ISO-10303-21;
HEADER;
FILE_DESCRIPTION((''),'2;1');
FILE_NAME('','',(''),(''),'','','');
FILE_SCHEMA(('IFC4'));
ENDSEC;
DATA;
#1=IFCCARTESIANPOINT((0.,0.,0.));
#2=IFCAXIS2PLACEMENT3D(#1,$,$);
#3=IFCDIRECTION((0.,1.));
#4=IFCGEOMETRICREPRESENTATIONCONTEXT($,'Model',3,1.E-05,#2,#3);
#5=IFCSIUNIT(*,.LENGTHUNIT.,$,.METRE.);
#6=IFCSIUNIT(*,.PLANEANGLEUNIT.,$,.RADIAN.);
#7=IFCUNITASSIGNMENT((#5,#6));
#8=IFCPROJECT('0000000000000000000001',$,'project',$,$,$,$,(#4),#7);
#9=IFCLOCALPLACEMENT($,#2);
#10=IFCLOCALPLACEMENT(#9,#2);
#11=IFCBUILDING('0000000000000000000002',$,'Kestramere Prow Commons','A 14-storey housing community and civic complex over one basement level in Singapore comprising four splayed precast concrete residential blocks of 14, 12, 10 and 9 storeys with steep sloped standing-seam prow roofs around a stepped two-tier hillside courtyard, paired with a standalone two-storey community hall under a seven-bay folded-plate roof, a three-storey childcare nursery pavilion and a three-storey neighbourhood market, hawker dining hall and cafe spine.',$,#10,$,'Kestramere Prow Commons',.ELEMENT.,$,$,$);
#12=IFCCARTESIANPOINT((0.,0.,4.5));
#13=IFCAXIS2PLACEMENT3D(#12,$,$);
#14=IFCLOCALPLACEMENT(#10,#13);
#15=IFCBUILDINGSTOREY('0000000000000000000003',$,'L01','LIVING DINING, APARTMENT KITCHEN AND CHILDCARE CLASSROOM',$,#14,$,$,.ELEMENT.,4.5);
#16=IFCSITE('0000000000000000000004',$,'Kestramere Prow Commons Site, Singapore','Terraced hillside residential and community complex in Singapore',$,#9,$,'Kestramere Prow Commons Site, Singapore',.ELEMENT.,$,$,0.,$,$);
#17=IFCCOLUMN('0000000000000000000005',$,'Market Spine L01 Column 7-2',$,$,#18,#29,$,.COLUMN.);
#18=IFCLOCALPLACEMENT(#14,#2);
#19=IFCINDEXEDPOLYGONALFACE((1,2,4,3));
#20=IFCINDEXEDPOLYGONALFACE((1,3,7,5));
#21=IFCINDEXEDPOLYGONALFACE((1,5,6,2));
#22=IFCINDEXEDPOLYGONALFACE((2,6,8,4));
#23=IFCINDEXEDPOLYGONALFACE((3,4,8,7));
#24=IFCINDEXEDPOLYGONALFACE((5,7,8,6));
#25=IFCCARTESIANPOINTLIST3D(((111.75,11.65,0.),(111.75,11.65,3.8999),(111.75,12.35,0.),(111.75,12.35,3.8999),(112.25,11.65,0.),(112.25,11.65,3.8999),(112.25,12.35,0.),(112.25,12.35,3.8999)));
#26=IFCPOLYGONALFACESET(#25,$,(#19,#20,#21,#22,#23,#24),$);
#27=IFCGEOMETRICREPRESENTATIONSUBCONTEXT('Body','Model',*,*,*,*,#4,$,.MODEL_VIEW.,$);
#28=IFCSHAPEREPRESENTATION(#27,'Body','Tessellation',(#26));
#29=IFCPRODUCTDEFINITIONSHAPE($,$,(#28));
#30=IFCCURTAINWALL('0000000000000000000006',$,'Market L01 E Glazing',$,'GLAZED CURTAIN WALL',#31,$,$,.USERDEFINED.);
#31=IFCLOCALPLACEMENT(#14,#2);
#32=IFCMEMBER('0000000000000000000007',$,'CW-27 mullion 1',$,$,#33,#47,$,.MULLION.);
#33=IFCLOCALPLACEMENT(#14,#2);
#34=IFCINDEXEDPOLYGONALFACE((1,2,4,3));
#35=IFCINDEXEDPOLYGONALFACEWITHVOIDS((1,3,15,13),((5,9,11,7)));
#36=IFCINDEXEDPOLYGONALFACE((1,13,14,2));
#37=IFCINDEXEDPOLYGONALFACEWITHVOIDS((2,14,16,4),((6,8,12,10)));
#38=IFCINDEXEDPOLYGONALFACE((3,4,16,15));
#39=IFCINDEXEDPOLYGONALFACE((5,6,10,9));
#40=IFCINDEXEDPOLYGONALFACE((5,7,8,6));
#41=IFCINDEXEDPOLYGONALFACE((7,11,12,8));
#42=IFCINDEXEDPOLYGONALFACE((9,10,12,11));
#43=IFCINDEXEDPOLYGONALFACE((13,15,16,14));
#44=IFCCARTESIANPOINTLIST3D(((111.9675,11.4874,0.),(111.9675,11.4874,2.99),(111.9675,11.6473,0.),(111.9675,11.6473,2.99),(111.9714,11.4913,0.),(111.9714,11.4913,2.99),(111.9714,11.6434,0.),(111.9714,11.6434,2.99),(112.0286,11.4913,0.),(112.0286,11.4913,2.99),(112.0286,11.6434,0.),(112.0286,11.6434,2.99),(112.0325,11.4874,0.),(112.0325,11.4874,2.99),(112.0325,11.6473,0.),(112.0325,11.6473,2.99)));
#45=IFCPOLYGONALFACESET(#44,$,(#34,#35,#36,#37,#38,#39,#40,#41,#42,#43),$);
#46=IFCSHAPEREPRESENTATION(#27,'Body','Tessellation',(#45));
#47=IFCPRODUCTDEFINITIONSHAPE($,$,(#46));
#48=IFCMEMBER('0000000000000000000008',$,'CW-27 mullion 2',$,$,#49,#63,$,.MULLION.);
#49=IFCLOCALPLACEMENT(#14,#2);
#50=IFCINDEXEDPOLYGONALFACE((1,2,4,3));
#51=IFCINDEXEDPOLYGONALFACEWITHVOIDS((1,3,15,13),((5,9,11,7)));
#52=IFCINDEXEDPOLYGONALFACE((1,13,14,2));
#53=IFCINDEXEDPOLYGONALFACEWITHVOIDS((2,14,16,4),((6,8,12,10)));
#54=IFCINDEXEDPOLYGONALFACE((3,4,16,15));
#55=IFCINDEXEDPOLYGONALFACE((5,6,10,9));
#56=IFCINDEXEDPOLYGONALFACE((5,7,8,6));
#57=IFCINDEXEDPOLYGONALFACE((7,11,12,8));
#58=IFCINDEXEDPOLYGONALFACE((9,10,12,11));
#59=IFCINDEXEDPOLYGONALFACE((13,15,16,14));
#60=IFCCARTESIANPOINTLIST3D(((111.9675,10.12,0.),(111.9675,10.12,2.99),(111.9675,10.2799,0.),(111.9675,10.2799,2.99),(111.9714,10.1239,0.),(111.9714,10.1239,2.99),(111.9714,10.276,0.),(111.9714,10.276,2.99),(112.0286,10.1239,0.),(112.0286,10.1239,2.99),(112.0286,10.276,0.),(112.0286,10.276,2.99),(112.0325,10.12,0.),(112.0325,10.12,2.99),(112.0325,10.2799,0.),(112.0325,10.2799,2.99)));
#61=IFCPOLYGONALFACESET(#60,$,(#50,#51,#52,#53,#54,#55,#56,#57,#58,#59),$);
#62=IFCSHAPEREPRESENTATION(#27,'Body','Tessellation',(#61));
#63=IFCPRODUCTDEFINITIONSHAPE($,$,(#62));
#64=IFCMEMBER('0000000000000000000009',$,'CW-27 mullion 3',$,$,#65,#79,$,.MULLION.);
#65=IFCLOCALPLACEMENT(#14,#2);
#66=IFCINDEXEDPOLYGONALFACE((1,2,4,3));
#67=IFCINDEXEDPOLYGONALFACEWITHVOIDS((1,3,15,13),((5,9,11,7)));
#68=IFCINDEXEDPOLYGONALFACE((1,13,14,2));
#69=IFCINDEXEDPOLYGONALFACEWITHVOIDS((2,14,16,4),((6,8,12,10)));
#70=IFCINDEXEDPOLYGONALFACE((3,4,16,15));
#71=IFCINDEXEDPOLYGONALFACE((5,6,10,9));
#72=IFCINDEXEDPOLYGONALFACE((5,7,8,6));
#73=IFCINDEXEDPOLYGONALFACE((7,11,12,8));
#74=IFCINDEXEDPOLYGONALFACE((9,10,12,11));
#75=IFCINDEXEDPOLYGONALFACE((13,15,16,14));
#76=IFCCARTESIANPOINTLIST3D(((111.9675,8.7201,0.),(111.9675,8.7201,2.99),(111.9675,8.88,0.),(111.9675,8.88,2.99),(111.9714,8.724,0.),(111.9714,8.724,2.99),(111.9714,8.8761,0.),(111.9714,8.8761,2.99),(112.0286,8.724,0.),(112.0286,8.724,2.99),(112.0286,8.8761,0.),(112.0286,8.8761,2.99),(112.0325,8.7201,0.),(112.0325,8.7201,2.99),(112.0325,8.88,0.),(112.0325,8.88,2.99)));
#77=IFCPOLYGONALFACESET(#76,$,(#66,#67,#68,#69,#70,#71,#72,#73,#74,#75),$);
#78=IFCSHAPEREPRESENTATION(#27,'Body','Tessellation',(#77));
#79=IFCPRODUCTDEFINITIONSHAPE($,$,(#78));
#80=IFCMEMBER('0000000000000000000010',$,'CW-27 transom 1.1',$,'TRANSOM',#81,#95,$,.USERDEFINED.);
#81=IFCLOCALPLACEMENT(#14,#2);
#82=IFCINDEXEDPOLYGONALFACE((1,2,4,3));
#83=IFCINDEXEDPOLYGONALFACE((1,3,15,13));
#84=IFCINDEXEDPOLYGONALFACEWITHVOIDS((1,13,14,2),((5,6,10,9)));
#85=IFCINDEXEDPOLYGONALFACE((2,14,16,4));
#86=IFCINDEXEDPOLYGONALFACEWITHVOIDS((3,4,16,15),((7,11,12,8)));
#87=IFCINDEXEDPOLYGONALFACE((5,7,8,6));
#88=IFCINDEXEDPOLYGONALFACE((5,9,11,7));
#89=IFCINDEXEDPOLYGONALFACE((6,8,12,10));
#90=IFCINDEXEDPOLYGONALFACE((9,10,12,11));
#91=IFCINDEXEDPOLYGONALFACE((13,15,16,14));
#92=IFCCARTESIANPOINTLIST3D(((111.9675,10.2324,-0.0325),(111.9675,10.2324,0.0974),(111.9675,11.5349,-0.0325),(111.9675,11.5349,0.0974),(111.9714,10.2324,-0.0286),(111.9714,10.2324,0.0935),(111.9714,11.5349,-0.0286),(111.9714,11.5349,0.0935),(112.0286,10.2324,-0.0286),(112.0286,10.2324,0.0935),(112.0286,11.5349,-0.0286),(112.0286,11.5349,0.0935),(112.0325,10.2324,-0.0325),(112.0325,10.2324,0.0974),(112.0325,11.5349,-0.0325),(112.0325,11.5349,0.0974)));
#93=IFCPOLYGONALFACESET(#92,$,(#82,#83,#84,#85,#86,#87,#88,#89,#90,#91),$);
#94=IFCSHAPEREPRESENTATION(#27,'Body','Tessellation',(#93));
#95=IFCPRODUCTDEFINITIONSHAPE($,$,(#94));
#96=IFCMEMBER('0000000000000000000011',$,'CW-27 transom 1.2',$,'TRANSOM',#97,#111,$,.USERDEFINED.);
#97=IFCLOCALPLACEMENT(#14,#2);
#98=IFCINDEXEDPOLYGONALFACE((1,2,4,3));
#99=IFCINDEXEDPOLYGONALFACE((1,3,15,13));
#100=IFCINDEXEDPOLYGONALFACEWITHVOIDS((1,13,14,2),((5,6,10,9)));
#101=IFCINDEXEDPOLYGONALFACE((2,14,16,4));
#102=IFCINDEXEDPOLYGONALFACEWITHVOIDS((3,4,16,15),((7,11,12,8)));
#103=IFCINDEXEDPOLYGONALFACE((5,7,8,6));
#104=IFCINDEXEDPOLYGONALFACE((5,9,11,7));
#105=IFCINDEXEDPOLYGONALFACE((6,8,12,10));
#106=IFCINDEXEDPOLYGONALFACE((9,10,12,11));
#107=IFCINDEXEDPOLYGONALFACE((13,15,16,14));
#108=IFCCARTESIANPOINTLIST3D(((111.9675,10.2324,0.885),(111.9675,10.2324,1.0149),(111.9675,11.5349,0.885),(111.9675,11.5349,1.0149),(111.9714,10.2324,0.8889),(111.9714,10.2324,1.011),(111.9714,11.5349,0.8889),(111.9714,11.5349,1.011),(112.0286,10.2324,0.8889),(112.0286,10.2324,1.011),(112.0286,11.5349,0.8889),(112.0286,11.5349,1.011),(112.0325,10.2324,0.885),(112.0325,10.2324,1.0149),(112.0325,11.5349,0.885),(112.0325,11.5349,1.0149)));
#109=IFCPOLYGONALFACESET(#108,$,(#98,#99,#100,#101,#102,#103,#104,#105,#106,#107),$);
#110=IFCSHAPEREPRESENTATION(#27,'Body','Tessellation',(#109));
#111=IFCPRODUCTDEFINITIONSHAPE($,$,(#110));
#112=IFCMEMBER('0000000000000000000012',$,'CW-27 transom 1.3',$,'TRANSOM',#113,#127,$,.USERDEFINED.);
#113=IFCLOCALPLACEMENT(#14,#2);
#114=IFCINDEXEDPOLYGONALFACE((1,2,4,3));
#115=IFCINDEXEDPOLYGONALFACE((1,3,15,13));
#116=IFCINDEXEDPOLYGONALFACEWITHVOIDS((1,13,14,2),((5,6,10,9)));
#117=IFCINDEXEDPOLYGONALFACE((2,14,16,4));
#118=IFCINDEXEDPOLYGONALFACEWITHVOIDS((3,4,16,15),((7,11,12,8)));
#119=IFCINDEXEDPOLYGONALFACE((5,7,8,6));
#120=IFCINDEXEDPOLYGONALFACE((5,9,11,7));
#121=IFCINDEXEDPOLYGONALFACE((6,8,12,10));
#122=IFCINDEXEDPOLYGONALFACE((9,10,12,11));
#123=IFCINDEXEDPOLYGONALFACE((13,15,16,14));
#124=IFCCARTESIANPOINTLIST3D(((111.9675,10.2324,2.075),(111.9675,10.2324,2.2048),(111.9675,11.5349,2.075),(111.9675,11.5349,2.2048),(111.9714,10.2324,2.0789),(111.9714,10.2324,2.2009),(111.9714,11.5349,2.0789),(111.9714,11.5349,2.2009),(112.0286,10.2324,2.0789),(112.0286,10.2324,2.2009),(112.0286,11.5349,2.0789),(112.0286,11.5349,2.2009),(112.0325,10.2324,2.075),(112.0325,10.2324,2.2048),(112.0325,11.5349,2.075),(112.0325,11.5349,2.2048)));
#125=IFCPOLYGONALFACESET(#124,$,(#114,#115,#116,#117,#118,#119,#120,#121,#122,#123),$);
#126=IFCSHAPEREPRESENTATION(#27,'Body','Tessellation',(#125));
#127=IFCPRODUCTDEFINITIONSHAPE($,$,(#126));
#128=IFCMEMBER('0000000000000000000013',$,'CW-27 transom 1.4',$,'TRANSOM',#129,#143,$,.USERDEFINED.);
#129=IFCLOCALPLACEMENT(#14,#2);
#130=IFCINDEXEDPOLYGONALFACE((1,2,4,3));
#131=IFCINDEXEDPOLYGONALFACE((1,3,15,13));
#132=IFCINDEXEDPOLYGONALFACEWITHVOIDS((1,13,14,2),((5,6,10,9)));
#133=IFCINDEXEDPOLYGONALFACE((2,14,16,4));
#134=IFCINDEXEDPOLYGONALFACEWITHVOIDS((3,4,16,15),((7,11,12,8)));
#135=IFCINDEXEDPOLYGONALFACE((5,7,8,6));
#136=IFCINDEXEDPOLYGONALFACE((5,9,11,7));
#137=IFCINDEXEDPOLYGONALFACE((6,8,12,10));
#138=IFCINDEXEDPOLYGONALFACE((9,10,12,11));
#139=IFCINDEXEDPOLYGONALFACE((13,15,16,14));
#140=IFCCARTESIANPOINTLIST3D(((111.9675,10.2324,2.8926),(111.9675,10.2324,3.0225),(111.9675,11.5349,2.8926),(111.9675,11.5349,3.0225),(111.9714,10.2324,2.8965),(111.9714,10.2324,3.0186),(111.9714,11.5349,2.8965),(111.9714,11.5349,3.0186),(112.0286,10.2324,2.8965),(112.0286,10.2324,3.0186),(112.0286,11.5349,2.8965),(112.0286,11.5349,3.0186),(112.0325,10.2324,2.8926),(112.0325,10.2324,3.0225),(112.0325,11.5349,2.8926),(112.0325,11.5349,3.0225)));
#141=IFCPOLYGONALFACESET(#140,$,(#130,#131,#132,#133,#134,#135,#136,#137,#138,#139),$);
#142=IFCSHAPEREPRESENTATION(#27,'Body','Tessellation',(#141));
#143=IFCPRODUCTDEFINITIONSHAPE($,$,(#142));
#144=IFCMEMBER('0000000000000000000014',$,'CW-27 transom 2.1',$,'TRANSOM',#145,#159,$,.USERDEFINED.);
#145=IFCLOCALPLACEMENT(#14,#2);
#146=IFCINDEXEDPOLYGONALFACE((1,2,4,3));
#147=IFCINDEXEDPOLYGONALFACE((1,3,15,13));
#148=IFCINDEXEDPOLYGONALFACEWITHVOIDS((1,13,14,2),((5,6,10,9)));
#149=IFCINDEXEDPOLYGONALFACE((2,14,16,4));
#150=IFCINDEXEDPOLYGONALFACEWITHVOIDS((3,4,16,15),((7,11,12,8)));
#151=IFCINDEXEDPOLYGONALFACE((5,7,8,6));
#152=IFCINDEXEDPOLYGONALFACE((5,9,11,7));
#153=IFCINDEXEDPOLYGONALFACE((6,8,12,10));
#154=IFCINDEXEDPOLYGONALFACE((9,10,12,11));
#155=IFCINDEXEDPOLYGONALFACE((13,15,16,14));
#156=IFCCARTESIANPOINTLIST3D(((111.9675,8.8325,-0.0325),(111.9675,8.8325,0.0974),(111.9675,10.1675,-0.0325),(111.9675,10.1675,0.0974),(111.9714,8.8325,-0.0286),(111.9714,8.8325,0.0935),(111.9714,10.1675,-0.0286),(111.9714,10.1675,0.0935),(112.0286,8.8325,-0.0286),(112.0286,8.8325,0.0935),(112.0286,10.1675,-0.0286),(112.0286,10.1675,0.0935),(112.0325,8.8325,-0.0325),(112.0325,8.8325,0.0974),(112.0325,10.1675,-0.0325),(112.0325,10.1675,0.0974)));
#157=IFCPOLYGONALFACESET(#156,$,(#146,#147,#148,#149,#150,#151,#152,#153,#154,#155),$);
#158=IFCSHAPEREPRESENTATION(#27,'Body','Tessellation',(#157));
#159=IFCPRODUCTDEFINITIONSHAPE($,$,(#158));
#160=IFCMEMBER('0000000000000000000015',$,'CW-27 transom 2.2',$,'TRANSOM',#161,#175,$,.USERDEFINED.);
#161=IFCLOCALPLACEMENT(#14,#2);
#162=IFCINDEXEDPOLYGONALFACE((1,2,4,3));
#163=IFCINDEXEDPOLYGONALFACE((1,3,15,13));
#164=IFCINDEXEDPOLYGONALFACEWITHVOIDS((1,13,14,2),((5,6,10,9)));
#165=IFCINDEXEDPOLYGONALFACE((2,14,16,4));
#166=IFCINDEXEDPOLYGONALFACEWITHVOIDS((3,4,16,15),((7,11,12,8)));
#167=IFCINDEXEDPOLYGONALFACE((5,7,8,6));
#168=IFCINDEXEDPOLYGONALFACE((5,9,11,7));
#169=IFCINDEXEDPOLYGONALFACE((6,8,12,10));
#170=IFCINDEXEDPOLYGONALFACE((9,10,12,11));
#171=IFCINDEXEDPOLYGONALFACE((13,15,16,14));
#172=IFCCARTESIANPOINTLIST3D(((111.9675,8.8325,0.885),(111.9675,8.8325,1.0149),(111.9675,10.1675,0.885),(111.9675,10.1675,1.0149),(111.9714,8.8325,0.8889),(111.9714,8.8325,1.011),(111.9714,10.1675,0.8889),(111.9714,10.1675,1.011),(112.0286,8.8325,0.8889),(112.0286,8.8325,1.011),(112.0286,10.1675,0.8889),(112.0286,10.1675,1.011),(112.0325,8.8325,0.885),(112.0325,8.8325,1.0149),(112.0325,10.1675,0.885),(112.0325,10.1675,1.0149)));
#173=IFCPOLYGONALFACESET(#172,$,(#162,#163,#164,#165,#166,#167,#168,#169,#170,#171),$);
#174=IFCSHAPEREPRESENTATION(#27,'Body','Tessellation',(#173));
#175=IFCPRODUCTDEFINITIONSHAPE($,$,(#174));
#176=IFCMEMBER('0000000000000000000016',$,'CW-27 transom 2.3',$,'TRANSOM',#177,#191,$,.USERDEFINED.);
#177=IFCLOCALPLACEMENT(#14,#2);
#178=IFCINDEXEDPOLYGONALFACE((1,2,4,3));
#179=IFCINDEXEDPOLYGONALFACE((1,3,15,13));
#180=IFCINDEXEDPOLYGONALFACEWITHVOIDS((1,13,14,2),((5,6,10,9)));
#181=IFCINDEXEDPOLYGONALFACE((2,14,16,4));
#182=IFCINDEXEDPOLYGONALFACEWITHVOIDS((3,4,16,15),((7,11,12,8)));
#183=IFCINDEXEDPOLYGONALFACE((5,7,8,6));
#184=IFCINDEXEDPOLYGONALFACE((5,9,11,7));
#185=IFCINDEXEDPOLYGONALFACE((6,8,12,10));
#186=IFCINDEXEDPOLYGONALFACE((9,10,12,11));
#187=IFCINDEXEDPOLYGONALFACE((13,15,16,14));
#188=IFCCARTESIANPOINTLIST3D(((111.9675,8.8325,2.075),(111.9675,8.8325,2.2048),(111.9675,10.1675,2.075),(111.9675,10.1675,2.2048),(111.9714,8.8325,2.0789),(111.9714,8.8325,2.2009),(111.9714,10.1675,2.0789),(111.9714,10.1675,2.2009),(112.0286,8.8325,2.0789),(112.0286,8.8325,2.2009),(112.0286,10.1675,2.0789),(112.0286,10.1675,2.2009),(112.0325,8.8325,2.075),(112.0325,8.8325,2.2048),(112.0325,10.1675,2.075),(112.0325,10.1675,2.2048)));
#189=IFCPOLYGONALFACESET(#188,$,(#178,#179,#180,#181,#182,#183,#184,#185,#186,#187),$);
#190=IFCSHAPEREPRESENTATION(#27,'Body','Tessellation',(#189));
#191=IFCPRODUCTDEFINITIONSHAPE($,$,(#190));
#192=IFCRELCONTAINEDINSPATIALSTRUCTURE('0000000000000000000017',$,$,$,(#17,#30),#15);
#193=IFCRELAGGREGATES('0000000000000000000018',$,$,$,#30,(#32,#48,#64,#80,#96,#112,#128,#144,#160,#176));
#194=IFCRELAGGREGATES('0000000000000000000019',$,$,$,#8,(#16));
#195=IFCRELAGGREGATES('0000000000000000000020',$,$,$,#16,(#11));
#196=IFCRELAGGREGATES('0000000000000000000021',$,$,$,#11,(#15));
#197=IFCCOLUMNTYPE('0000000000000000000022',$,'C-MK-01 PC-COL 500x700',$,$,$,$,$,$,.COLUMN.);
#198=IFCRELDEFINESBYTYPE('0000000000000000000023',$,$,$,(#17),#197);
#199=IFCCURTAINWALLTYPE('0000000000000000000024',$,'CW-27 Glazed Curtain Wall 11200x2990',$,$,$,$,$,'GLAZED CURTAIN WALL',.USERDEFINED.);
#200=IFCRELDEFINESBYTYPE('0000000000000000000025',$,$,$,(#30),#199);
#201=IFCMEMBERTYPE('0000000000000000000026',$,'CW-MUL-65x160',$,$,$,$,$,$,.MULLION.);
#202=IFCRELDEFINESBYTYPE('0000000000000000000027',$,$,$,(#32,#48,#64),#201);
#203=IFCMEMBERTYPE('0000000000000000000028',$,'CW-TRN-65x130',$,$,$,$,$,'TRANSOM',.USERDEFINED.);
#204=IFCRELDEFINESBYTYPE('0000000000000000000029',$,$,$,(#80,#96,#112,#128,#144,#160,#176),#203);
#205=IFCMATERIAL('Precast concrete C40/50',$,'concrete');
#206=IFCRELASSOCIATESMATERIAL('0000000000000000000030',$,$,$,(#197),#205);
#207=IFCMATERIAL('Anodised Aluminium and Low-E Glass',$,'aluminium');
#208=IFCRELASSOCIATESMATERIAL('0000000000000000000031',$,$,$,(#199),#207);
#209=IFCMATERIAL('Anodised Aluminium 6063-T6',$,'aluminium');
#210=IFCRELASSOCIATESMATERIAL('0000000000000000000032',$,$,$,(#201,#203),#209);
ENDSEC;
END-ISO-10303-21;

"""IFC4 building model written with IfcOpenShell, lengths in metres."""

from ifc_helpers import new_model, si_unit, direction, frame, origin, origin_2d, place, context, subcontext, project, spatial, rectangle, hollow_rectangle, extrude, material, material_profile, profile_set, type_object, element, aggregate, save


model = new_model("IFC4")

# Units and contexts
model_context = context("Model", 3, precision=1e-05, world=origin(), true_north=direction((0.0, 1.0)))
body_context = subcontext(model_context, "Body", "Model", "MODEL_VIEW")
ifc_project = project(units=[si_unit("LENGTHUNIT", "METRE"), si_unit("PLANEANGLEUNIT", "RADIAN")], contexts=[model_context])

# Site, building, storey
site_placement = place(None, origin())
site = spatial("IfcSite", under=ifc_project, at=site_placement, Name="Kestramere Prow Commons Site, Singapore", Description="Terraced hillside residential and community complex in Singapore", LongName="Kestramere Prow Commons Site, Singapore", CompositionType="ELEMENT", RefElevation=0.0)
building_placement = place(site_placement, origin())
building = spatial("IfcBuilding", under=site, at=building_placement, Name="Kestramere Prow Commons", Description="A 14-storey housing community and civic complex over one basement level in Singapore comprising four splayed precast concrete residential blocks of 14, 12, 10 and 9 storeys with steep sloped standing-seam prow roofs around a stepped two-tier hillside courtyard, paired with a standalone two-storey community hall under a seven-bay folded-plate roof, a three-storey childcare nursery pavilion and a three-storey neighbourhood market, hawker dining hall and cafe spine.", LongName="Kestramere Prow Commons", CompositionType="ELEMENT")
storey_placement = place(building_placement, frame((0.0, 0.0, 4.5)))
storey = spatial("IfcBuildingStorey", under=building, at=storey_placement, Name="L01", Description="LIVING DINING, APARTMENT KITCHEN AND CHILDCARE CLASSROOM", CompositionType="ELEMENT", Elevation=4.5)

# Column
ifc_material_1 = material(Name="Precast concrete C40/50", Category="concrete")
ifc_material_profile_1 = material_profile(ifc_material_1, rectangle(XDim=0.5, YDim=0.7, at=origin_2d()), Name="PC-COL 500x700")
ifc_profile_set_1 = profile_set([ifc_material_profile_1], Name="Precast concrete C40/50")
column_type = type_object("IfcColumnType", Name="C-MK-01 PC-COL 500x700", PredefinedType="COLUMN", material=ifc_profile_set_1)
column_placement = place(storey_placement, frame((112.0, 12.0, 0.0), z_axis=(0.0, 0.0, 1.0), x_axis=(1.0, 0.0, 0.0)))
element("IfcColumn", 1, at=column_placement, inside=storey, type_object=column_type, Name="Market Spine L01 Column 7-2", PredefinedType="COLUMN", context=body_context, shape_type="SweptSolid", body=[
    extrude(rectangle(XDim=0.5, YDim=0.7, at=origin_2d()), origin(), (0.0, 0.0, 1.0), 3.8999),
])

# Curtain wall, members
ifc_material_2 = material(Name="Anodised Aluminium and Low-E Glass", Category="aluminium")
curtain_wall_type = type_object("IfcCurtainWallType", Name="CW-27 Glazed Curtain Wall 11200x2990", ElementType="GLAZED CURTAIN WALL", PredefinedType="USERDEFINED", material=ifc_material_2)
curtain_wall_placement = place(storey_placement, origin())
curtain_wall = element("IfcCurtainWall", 2, at=curtain_wall_placement, inside=storey, type_object=curtain_wall_type, Name="Market L01 E Glazing", ObjectType="GLAZED CURTAIN WALL", PredefinedType="USERDEFINED")
ifc_material_3 = material(Name="Anodised Aluminium 6063-T6", Category="aluminium")
ifc_material_profile_2 = material_profile(ifc_material_3, hollow_rectangle(XDim=0.0649, YDim=0.1599, WallThickness=0.0039, at=origin_2d()), Name="ALU-MUL 65x160")
ifc_profile_set_2 = profile_set([ifc_material_profile_2], Name="Anodised Aluminium 6063-T6")
member_type_1 = type_object("IfcMemberType", Name="CW-MUL-65x160", PredefinedType="MULLION", material=ifc_profile_set_2)
member_1_placement = place(storey_placement, frame((112.0, 11.5674, 0.0), z_axis=(0.0, 0.0, 1.0), x_axis=(1.0, 0.0, 0.0)))
member_1 = element("IfcMember", 3, at=member_1_placement, type_object=member_type_1, Name="CW-27 mullion 1", PredefinedType="MULLION", context=body_context, shape_type="SweptSolid", body=[
    extrude(hollow_rectangle(XDim=0.0649, YDim=0.1599, WallThickness=0.0039, at=origin_2d()), origin(), (0.0, 0.0, 1.0), 2.99),
])
member_2_placement = place(storey_placement, frame((112.0, 10.2, 0.0), z_axis=(0.0, 0.0, 1.0), x_axis=(1.0, 0.0, 0.0)))
member_2 = element("IfcMember", 4, at=member_2_placement, type_object=member_type_1, Name="CW-27 mullion 2", PredefinedType="MULLION", context=body_context, shape_type="SweptSolid", body=[
    extrude(hollow_rectangle(XDim=0.0649, YDim=0.1599, WallThickness=0.0039, at=origin_2d()), origin(), (0.0, 0.0, 1.0), 2.99),
])
member_3_placement = place(storey_placement, frame((112.0, 8.8, 0.0), z_axis=(0.0, 0.0, 1.0), x_axis=(1.0, 0.0, 0.0)))
member_3 = element("IfcMember", 5, at=member_3_placement, type_object=member_type_1, Name="CW-27 mullion 3", PredefinedType="MULLION", context=body_context, shape_type="SweptSolid", body=[
    extrude(hollow_rectangle(XDim=0.0649, YDim=0.1599, WallThickness=0.0039, at=origin_2d()), origin(), (0.0, 0.0, 1.0), 2.99),
])
ifc_material_profile_3 = material_profile(ifc_material_3, hollow_rectangle(XDim=0.0649, YDim=0.1299, WallThickness=0.0039, at=origin_2d()), Name="ALU-TRN 65x130")
ifc_profile_set_3 = profile_set([ifc_material_profile_3], Name="Anodised Aluminium 6063-T6")
member_type_2 = type_object("IfcMemberType", Name="CW-TRN-65x130", ElementType="TRANSOM", PredefinedType="USERDEFINED", material=ifc_profile_set_3)
member_4_placement = place(storey_placement, frame((112.0, 11.5349, 0.0325), z_axis=(0.0, -1.0, 0.0), x_axis=(1.0, 0.0, 0.0)))
member_4 = element("IfcMember", 6, at=member_4_placement, type_object=member_type_2, Name="CW-27 transom 1.1", ObjectType="TRANSOM", PredefinedType="USERDEFINED", context=body_context, shape_type="SweptSolid", body=[
    extrude(hollow_rectangle(XDim=0.0649, YDim=0.1299, WallThickness=0.0039, at=origin_2d()), origin(), (0.0, 0.0, 1.0), 1.3025),
])
member_5_placement = place(storey_placement, frame((112.0, 11.5349, 0.95), z_axis=(0.0, -1.0, 0.0), x_axis=(1.0, 0.0, 0.0)))
member_5 = element("IfcMember", 7, at=member_5_placement, type_object=member_type_2, Name="CW-27 transom 1.2", ObjectType="TRANSOM", PredefinedType="USERDEFINED", context=body_context, shape_type="SweptSolid", body=[
    extrude(hollow_rectangle(XDim=0.0649, YDim=0.1299, WallThickness=0.0039, at=origin_2d()), origin(), (0.0, 0.0, 1.0), 1.3025),
])
member_6_placement = place(storey_placement, frame((112.0, 11.5349, 2.1399), z_axis=(0.0, -1.0, 0.0), x_axis=(1.0, 0.0, 0.0)))
member_6 = element("IfcMember", 8, at=member_6_placement, type_object=member_type_2, Name="CW-27 transom 1.3", ObjectType="TRANSOM", PredefinedType="USERDEFINED", context=body_context, shape_type="SweptSolid", body=[
    extrude(hollow_rectangle(XDim=0.0649, YDim=0.1299, WallThickness=0.0039, at=origin_2d()), origin(), (0.0, 0.0, 1.0), 1.3025),
])
member_7_placement = place(storey_placement, frame((112.0, 11.5349, 2.9575), z_axis=(0.0, -1.0, 0.0), x_axis=(1.0, 0.0, 0.0)))
member_7 = element("IfcMember", 9, at=member_7_placement, type_object=member_type_2, Name="CW-27 transom 1.4", ObjectType="TRANSOM", PredefinedType="USERDEFINED", context=body_context, shape_type="SweptSolid", body=[
    extrude(hollow_rectangle(XDim=0.0649, YDim=0.1299, WallThickness=0.0039, at=origin_2d()), origin(), (0.0, 0.0, 1.0), 1.3025),
])
member_8_placement = place(storey_placement, frame((112.0, 10.1675, 0.0325), z_axis=(0.0, -1.0, 0.0), x_axis=(1.0, 0.0, 0.0)))
member_8 = element("IfcMember", 10, at=member_8_placement, type_object=member_type_2, Name="CW-27 transom 2.1", ObjectType="TRANSOM", PredefinedType="USERDEFINED", context=body_context, shape_type="SweptSolid", body=[
    extrude(hollow_rectangle(XDim=0.0649, YDim=0.1299, WallThickness=0.0039, at=origin_2d()), origin(), (0.0, 0.0, 1.0), 1.335),
])
member_9_placement = place(storey_placement, frame((112.0, 10.1675, 0.95), z_axis=(0.0, -1.0, 0.0), x_axis=(1.0, 0.0, 0.0)))
member_9 = element("IfcMember", 11, at=member_9_placement, type_object=member_type_2, Name="CW-27 transom 2.2", ObjectType="TRANSOM", PredefinedType="USERDEFINED", context=body_context, shape_type="SweptSolid", body=[
    extrude(hollow_rectangle(XDim=0.0649, YDim=0.1299, WallThickness=0.0039, at=origin_2d()), origin(), (0.0, 0.0, 1.0), 1.335),
])
member_10_placement = place(storey_placement, frame((112.0, 10.1675, 2.1399), z_axis=(0.0, -1.0, 0.0), x_axis=(1.0, 0.0, 0.0)))
member_10 = element("IfcMember", 12, at=member_10_placement, type_object=member_type_2, Name="CW-27 transom 2.3", ObjectType="TRANSOM", PredefinedType="USERDEFINED", context=body_context, shape_type="SweptSolid", body=[
    extrude(hollow_rectangle(XDim=0.0649, YDim=0.1299, WallThickness=0.0039, at=origin_2d()), origin(), (0.0, 0.0, 1.0), 1.335),
])
aggregate(curtain_wall, [member_1, member_2, member_3, member_4, member_5, member_6, member_7, member_8, member_9, member_10])

save(model, "model.ifc")
